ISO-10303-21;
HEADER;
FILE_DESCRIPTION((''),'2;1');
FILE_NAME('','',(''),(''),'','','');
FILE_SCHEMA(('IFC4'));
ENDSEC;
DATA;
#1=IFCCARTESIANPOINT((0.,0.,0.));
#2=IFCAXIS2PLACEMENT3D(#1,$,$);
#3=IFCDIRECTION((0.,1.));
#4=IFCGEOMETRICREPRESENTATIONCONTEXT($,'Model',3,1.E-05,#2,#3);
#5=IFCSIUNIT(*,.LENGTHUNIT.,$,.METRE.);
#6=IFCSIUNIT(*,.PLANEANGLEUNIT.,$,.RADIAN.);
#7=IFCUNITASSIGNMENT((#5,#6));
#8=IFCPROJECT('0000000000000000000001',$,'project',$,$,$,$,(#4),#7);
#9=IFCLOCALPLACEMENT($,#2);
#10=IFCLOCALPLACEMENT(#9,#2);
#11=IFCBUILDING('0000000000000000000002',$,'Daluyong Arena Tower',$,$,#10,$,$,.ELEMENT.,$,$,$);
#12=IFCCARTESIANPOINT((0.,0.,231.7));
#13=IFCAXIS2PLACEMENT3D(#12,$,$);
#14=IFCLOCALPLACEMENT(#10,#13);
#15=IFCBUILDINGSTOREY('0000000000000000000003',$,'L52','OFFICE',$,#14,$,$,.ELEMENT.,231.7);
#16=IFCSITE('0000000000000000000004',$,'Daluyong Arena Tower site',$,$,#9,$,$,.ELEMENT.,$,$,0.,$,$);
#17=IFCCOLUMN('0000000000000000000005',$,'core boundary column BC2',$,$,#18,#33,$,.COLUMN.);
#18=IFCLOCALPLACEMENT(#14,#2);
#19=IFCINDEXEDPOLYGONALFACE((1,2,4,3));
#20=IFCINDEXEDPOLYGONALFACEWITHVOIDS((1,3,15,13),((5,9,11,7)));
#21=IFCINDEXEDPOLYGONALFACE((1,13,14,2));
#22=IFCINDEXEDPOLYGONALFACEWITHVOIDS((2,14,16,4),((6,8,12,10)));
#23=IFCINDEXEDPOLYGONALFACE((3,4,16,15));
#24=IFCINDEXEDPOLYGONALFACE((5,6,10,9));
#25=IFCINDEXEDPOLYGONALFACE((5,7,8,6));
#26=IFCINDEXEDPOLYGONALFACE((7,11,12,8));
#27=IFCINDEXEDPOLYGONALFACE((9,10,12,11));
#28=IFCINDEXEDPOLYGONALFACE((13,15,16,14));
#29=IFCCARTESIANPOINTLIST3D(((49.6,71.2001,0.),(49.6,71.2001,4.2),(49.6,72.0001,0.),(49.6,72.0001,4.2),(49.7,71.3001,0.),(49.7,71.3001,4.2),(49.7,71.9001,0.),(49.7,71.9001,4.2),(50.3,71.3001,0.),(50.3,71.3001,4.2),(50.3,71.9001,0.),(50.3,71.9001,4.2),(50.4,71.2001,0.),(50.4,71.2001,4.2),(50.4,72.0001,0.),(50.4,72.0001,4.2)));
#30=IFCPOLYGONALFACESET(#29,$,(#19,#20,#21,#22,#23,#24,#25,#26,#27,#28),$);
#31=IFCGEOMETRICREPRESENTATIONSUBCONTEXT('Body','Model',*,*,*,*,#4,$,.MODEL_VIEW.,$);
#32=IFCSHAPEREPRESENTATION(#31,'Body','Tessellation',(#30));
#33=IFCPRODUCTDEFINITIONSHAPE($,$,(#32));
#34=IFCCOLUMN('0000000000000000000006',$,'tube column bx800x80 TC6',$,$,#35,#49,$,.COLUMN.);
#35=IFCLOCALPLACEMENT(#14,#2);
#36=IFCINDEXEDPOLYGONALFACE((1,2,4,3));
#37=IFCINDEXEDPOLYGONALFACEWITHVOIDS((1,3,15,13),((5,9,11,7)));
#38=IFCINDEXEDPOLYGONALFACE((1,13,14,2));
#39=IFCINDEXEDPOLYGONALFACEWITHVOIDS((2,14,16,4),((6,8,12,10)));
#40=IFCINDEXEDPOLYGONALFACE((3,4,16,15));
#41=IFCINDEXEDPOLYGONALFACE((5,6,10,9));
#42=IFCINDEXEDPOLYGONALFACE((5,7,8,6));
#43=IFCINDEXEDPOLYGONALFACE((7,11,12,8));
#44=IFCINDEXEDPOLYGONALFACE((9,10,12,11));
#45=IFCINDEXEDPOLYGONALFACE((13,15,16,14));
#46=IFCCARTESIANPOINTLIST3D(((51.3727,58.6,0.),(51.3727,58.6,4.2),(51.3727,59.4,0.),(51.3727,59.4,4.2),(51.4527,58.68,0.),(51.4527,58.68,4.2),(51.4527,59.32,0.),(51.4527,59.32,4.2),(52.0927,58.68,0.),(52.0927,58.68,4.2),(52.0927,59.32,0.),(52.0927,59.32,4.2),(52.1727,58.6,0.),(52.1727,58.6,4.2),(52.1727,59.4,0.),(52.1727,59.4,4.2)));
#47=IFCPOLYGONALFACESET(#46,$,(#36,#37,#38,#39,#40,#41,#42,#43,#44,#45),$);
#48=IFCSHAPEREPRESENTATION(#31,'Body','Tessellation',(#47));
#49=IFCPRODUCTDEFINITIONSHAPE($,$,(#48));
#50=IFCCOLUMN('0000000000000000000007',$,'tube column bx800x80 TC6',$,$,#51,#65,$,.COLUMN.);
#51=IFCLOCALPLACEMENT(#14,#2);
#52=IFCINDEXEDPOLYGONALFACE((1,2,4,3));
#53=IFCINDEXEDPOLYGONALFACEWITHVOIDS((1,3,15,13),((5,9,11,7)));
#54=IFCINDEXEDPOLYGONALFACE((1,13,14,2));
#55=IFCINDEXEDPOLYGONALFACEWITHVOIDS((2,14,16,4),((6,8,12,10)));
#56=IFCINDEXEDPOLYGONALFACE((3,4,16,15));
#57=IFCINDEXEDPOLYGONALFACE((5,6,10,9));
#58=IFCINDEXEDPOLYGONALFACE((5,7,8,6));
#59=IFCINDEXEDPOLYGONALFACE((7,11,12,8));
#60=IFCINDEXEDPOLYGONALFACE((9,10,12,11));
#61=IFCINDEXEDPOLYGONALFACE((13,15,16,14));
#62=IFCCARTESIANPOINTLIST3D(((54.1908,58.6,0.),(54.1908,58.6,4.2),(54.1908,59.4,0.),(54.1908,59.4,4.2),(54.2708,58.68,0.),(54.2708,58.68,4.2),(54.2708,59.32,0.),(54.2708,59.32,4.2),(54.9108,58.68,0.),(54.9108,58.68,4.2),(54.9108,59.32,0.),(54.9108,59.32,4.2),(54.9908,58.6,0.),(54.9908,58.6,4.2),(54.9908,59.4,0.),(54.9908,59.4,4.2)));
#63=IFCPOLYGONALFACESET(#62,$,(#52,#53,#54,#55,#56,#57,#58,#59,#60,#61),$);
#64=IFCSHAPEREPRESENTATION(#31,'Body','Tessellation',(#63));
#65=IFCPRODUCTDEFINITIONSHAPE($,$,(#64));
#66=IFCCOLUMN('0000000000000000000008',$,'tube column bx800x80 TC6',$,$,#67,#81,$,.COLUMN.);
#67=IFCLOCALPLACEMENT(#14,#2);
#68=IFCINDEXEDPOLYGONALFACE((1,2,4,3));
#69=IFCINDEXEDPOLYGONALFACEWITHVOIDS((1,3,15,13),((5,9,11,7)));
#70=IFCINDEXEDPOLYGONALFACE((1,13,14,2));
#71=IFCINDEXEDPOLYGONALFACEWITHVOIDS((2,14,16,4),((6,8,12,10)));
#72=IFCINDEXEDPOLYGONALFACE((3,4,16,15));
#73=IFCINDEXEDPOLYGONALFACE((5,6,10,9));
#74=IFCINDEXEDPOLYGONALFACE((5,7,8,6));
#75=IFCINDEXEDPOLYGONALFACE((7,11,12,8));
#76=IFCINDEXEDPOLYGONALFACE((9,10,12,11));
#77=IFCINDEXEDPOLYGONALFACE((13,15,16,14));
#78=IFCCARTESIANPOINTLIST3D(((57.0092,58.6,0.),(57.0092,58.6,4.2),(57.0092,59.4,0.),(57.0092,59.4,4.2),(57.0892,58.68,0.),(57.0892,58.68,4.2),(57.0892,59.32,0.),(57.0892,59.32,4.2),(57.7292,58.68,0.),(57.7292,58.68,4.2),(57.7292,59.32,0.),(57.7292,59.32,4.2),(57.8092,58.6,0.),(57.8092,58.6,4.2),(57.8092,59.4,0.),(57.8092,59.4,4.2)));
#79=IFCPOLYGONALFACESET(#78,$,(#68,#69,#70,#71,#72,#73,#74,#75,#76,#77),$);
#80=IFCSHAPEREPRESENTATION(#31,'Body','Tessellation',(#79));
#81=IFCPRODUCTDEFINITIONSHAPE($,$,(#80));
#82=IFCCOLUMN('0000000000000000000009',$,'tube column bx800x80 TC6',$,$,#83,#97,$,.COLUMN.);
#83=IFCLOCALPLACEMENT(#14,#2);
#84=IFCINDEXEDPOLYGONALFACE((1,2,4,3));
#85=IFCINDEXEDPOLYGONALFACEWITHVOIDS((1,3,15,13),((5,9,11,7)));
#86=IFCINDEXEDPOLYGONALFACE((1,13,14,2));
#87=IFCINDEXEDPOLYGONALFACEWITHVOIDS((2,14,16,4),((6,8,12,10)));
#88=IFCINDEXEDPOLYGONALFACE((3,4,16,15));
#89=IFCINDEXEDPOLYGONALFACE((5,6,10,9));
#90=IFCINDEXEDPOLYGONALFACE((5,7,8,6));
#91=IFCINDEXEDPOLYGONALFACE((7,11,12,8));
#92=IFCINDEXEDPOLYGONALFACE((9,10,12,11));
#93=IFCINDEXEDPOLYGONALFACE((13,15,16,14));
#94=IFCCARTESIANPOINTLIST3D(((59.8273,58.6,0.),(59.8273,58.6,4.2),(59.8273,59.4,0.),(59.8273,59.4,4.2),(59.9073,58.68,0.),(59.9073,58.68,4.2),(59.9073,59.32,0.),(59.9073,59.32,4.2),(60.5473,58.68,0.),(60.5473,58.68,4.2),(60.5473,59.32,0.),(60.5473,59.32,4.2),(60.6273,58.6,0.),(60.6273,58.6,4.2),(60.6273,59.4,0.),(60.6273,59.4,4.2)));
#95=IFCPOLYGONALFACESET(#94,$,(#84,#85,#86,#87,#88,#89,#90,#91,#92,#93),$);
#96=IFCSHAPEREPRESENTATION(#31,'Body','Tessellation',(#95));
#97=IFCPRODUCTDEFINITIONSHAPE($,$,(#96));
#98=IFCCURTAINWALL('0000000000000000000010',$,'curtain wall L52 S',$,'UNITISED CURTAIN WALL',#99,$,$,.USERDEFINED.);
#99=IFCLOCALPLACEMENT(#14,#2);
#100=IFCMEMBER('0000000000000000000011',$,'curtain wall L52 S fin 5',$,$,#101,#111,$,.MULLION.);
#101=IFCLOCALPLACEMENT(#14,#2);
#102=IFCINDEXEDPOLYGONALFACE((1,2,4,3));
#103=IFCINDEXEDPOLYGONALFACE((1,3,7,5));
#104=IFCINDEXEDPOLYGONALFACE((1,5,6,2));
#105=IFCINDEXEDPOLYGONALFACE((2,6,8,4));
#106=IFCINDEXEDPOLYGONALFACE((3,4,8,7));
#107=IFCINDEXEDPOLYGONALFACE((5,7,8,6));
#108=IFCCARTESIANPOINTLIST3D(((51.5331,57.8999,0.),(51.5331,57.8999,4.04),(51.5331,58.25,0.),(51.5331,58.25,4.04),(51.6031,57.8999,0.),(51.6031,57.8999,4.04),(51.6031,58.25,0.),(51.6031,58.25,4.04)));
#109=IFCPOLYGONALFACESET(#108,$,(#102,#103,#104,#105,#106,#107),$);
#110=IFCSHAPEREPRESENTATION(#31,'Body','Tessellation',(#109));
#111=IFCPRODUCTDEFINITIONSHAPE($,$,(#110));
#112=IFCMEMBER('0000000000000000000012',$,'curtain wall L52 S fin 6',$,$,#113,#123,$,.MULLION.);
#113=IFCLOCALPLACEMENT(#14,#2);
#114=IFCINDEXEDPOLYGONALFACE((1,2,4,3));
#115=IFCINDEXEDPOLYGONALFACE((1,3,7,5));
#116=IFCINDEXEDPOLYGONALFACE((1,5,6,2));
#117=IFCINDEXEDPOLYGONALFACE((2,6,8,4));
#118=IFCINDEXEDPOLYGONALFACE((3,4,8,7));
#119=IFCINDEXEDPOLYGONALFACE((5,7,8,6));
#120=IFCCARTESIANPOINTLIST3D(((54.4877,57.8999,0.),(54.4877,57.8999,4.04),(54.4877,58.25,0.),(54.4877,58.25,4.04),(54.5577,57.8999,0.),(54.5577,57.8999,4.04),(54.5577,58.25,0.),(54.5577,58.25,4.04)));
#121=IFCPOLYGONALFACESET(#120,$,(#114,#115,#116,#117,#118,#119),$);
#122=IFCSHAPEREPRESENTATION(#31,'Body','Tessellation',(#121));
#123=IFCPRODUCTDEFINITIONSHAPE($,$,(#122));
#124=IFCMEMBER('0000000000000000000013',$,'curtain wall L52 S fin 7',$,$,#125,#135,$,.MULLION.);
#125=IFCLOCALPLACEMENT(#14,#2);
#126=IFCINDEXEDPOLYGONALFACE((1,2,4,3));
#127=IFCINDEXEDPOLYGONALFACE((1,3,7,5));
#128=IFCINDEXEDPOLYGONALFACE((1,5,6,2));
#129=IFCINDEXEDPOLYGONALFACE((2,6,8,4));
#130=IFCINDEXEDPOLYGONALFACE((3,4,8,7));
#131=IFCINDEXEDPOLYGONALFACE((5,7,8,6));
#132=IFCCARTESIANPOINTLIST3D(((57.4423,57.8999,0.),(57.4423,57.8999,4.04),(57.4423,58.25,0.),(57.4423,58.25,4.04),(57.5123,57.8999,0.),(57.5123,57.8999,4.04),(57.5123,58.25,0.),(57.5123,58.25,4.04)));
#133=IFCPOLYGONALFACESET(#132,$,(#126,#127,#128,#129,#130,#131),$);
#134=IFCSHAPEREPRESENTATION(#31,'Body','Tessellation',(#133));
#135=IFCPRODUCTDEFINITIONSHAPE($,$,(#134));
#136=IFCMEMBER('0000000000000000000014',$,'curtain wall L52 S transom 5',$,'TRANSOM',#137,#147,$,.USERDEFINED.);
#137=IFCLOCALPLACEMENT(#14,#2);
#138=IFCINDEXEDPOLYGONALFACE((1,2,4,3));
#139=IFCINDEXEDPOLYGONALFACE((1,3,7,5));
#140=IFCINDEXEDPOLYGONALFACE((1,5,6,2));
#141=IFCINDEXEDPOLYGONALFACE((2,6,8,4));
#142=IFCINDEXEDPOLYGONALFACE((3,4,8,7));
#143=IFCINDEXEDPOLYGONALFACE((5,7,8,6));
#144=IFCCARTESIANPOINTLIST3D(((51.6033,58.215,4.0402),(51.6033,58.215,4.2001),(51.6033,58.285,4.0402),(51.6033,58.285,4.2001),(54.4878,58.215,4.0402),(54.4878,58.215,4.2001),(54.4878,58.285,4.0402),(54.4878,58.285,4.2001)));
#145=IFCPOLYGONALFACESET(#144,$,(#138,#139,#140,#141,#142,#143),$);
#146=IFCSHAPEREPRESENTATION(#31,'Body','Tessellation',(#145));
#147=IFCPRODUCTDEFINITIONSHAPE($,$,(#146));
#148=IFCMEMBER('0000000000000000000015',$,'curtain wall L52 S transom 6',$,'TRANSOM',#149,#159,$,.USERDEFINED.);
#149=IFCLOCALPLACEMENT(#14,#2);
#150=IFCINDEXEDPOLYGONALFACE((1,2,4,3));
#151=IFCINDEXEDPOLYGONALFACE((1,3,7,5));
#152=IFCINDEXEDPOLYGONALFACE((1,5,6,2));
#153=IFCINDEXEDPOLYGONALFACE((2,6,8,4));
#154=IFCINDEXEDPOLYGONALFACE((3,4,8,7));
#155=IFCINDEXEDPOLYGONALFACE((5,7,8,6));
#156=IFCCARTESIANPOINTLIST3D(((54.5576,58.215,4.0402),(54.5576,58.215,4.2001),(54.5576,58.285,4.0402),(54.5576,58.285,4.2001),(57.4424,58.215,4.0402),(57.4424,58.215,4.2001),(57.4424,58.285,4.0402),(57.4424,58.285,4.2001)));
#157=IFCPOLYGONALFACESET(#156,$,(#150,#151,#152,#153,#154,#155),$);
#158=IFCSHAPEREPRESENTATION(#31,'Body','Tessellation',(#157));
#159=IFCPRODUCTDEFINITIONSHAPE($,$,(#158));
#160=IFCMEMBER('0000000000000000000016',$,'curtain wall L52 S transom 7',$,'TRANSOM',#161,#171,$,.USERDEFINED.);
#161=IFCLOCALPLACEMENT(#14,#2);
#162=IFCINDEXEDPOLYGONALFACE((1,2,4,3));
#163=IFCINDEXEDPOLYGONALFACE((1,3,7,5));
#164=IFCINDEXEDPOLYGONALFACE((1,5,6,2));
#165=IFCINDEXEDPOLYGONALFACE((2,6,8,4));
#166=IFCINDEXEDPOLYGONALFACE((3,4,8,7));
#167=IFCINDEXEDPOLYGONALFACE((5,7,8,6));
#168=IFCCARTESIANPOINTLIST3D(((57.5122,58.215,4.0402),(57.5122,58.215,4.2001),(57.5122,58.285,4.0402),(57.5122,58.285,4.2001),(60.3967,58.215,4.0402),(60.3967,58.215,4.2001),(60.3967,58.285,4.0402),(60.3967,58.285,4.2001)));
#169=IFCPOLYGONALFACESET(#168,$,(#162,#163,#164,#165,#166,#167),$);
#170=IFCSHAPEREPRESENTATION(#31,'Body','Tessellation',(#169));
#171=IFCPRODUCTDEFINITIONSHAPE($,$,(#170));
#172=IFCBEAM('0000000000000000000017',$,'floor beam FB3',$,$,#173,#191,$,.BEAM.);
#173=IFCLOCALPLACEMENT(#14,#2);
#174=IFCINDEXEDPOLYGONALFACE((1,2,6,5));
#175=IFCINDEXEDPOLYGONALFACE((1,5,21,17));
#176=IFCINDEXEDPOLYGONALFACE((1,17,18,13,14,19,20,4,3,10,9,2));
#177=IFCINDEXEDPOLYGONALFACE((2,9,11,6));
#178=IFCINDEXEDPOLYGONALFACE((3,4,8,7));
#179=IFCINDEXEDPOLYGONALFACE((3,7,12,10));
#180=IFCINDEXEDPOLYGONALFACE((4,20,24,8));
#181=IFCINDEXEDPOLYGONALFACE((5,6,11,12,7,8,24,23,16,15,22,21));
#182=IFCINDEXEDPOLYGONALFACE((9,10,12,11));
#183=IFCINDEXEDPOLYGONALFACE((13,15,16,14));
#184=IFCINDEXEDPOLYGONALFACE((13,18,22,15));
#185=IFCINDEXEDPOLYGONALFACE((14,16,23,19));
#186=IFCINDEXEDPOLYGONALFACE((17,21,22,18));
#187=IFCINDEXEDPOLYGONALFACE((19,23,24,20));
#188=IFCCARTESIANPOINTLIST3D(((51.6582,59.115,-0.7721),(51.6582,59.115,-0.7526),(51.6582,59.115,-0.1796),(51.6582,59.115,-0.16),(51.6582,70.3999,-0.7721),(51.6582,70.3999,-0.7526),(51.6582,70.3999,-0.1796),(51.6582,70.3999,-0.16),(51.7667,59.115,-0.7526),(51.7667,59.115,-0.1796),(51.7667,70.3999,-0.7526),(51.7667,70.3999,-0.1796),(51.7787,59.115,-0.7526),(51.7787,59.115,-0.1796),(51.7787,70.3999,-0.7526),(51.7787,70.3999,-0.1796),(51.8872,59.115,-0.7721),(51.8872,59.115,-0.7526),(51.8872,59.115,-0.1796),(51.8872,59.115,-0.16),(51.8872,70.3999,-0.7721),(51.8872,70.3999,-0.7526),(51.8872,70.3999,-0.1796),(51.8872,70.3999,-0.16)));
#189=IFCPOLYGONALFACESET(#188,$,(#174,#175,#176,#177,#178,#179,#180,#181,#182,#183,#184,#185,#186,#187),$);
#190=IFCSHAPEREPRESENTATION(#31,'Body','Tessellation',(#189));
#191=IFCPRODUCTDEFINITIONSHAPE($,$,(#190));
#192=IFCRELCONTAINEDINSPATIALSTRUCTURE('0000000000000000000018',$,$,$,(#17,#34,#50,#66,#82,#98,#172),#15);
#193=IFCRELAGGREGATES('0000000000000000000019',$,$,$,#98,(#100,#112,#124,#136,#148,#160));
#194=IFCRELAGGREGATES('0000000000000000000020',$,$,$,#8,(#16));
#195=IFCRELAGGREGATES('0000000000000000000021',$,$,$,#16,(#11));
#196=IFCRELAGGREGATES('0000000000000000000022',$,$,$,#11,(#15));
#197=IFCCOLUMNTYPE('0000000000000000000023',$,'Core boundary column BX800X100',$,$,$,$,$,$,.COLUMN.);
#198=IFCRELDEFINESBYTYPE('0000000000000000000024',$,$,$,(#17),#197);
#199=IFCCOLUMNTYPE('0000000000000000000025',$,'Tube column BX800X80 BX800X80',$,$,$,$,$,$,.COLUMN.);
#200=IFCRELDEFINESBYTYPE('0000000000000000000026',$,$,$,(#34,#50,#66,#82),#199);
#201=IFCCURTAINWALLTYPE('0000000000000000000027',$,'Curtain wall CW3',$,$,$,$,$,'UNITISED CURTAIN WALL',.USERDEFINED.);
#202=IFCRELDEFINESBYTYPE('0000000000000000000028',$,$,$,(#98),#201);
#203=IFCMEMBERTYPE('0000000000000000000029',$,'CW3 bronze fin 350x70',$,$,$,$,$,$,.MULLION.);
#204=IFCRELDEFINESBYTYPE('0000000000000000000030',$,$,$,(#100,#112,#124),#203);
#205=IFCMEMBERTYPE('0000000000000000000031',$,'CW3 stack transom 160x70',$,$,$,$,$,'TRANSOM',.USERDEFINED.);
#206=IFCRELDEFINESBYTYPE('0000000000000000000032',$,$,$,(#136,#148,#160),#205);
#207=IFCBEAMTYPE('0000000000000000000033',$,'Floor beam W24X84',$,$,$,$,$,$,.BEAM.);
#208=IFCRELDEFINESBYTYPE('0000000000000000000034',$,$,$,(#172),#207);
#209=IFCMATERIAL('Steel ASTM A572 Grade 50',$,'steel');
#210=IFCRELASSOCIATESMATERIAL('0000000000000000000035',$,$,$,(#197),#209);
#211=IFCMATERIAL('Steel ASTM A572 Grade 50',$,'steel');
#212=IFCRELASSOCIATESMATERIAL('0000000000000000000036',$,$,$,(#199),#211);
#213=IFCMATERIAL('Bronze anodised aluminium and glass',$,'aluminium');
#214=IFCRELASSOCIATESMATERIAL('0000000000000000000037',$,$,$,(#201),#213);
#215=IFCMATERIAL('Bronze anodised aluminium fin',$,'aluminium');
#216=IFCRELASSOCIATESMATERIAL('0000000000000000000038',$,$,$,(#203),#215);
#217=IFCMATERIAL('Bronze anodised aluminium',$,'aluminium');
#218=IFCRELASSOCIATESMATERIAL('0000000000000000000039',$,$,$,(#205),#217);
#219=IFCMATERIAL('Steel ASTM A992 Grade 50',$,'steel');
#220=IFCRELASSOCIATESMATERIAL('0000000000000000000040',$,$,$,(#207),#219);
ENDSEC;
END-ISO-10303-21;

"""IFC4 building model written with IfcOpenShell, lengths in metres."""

from ifc_helpers import new_model, si_unit, direction, frame, origin, origin_2d, place, context, subcontext, project, spatial, rectangle, hollow_rectangle, i_section, extrude, material, material_profile, profile_set, type_object, element, aggregate, save


model = new_model("IFC4")

# Units and contexts
model_context = context("Model", 3, precision=1e-05, world=origin(), true_north=direction((0.0, 1.0)))
body_context = subcontext(model_context, "Body", "Model", "MODEL_VIEW")
ifc_project = project(units=[si_unit("LENGTHUNIT", "METRE"), si_unit("PLANEANGLEUNIT", "RADIAN")], contexts=[model_context])

# Site, building, storey
site_placement = place(None, origin())
site = spatial("IfcSite", under=ifc_project, at=site_placement, Name="Daluyong Arena Tower site", CompositionType="ELEMENT", RefElevation=0.0)
building_placement = place(site_placement, origin())
building = spatial("IfcBuilding", under=site, at=building_placement, Name="Daluyong Arena Tower", CompositionType="ELEMENT")
storey_placement = place(building_placement, frame((0.0, 0.0, 231.7)))
storey = spatial("IfcBuildingStorey", under=building, at=storey_placement, Name="L52", Description="OFFICE", CompositionType="ELEMENT", Elevation=231.7)

# Columns
ifc_material_1 = material(Name="Steel ASTM A572 Grade 50", Category="steel")
ifc_material_profile_1 = material_profile(ifc_material_1, hollow_rectangle(XDim=0.8, YDim=0.8, WallThickness=0.1, at=origin_2d()))
ifc_profile_set_1 = profile_set([ifc_material_profile_1], Name="Steel ASTM A572 Grade 50")
column_type_1 = type_object("IfcColumnType", Name="Core boundary column BX800X100", PredefinedType="COLUMN", material=ifc_profile_set_1)
column_placement = place(storey_placement, frame((50.0, 71.6001, 0.0), z_axis=(0.0, 0.0, 1.0), x_axis=(1.0, 0.0, 0.0)))
element("IfcColumn", 1, at=column_placement, inside=storey, type_object=column_type_1, Name="core boundary column BC2", PredefinedType="COLUMN", context=body_context, shape_type="SweptSolid", body=[
    extrude(hollow_rectangle(XDim=0.8, YDim=0.8, WallThickness=0.1, at=origin_2d()), origin(), (0.0, 0.0, 1.0), 4.2),
])
ifc_material_2 = material(Name="Steel ASTM A572 Grade 50", Category="steel")
ifc_material_profile_2 = material_profile(ifc_material_2, hollow_rectangle(XDim=0.8, YDim=0.8, WallThickness=0.08, at=origin_2d()))
ifc_profile_set_2 = profile_set([ifc_material_profile_2], Name="Steel ASTM A572 Grade 50")
column_type_2 = type_object("IfcColumnType", Name="Tube column BX800X80 BX800X80", PredefinedType="COLUMN", material=ifc_profile_set_2)
for number, where, z_axis, x_axis, name in (
    (2, (51.7727, 59.0, 0.0), (0.0, 0.0, 1.0), (1.0, 0.0, 0.0), "tube column bx800x80 TC6"),
    (3, (54.5908, 59.0, 0.0), (0.0, 0.0, 1.0), (1.0, 0.0, 0.0), "tube column bx800x80 TC6"),
    (4, (57.4092, 59.0, 0.0), (0.0, 0.0, 1.0), (1.0, 0.0, 0.0), "tube column bx800x80 TC6"),
    (5, (60.2273, 59.0, 0.0), (0.0, 0.0, 1.0), (1.0, 0.0, 0.0), "tube column bx800x80 TC6"),
):
    element("IfcColumn", number, at=place(storey_placement, frame(where, z_axis=z_axis, x_axis=x_axis)), inside=storey, type_object=column_type_2, Name=name, PredefinedType="COLUMN", context=body_context, shape_type="SweptSolid", body=[
        extrude(hollow_rectangle(XDim=0.8, YDim=0.8, WallThickness=0.08, at=origin_2d()), origin(), (0.0, 0.0, 1.0), 4.2),
    ])

# Curtain wall, members
ifc_material_3 = material(Name="Bronze anodised aluminium and glass", Category="aluminium")
curtain_wall_type = type_object("IfcCurtainWallType", Name="Curtain wall CW3", ElementType="UNITISED CURTAIN WALL", PredefinedType="USERDEFINED", material=ifc_material_3)
curtain_wall_placement = place(storey_placement, origin())
curtain_wall = element("IfcCurtainWall", 6, at=curtain_wall_placement, inside=storey, type_object=curtain_wall_type, Name="curtain wall L52 S", ObjectType="UNITISED CURTAIN WALL", PredefinedType="USERDEFINED")
ifc_material_4 = material(Name="Bronze anodised aluminium fin", Category="aluminium")
ifc_material_profile_3 = material_profile(ifc_material_4, rectangle(XDim=0.3501, YDim=0.0701, at=origin_2d()))
ifc_profile_set_3 = profile_set([ifc_material_profile_3], Name="Bronze anodised aluminium fin")
member_type_1 = type_object("IfcMemberType", Name="CW3 bronze fin 350x70", PredefinedType="MULLION", material=ifc_profile_set_3)
member_1_placement = place(storey_placement, frame((51.5681, 58.075, 0.0), z_axis=(0.0, 0.0, 1.0), x_axis=(0.0, 1.0, 0.0)))
member_1 = element("IfcMember", 7, at=member_1_placement, type_object=member_type_1, Name="curtain wall L52 S fin 5", PredefinedType="MULLION", context=body_context, shape_type="SweptSolid", body=[
    extrude(rectangle(XDim=0.3501, YDim=0.0701, at=origin_2d()), origin(), (0.0, 0.0, 1.0), 4.04),
])
member_2_placement = place(storey_placement, frame((54.5227, 58.075, 0.0), z_axis=(0.0, 0.0, 1.0), x_axis=(0.0, 1.0, 0.0)))
member_2 = element("IfcMember", 8, at=member_2_placement, type_object=member_type_1, Name="curtain wall L52 S fin 6", PredefinedType="MULLION", context=body_context, shape_type="SweptSolid", body=[
    extrude(rectangle(XDim=0.3501, YDim=0.0701, at=origin_2d()), origin(), (0.0, 0.0, 1.0), 4.04),
])
member_3_placement = place(storey_placement, frame((57.4773, 58.075, 0.0), z_axis=(0.0, 0.0, 1.0), x_axis=(0.0, 1.0, 0.0)))
member_3 = element("IfcMember", 9, at=member_3_placement, type_object=member_type_1, Name="curtain wall L52 S fin 7", PredefinedType="MULLION", context=body_context, shape_type="SweptSolid", body=[
    extrude(rectangle(XDim=0.3501, YDim=0.0701, at=origin_2d()), origin(), (0.0, 0.0, 1.0), 4.04),
])
ifc_material_5 = material(Name="Bronze anodised aluminium", Category="aluminium")
ifc_material_profile_4 = material_profile(ifc_material_5, rectangle(XDim=0.0701, YDim=0.1599, at=origin_2d()))
ifc_profile_set_4 = profile_set([ifc_material_profile_4], Name="Bronze anodised aluminium")
member_type_2 = type_object("IfcMemberType", Name="CW3 stack transom 160x70", ElementType="TRANSOM", PredefinedType="USERDEFINED", material=ifc_profile_set_4)
member_4_placement = place(storey_placement, frame((51.6033, 58.25, 4.1201), z_axis=(1.0, 0.0, 0.0), x_axis=(0.0, 1.0, 0.0)))
member_4 = element("IfcMember", 10, at=member_4_placement, type_object=member_type_2, Name="curtain wall L52 S transom 5", ObjectType="TRANSOM", PredefinedType="USERDEFINED", context=body_context, shape_type="SweptSolid", body=[
    extrude(rectangle(XDim=0.0701, YDim=0.1599, at=origin_2d()), origin(), (0.0, 0.0, 1.0), 2.8845),
])
member_5_placement = place(storey_placement, frame((54.5576, 58.25, 4.1201), z_axis=(1.0, 0.0, 0.0), x_axis=(0.0, 1.0, 0.0)))
member_5 = element("IfcMember", 11, at=member_5_placement, type_object=member_type_2, Name="curtain wall L52 S transom 6", ObjectType="TRANSOM", PredefinedType="USERDEFINED", context=body_context, shape_type="SweptSolid", body=[
    extrude(rectangle(XDim=0.0701, YDim=0.1599, at=origin_2d()), origin(), (0.0, 0.0, 1.0), 2.8848),
])
member_6_placement = place(storey_placement, frame((57.5122, 58.25, 4.1201), z_axis=(1.0, 0.0, 0.0), x_axis=(0.0, 1.0, 0.0)))
member_6 = element("IfcMember", 12, at=member_6_placement, type_object=member_type_2, Name="curtain wall L52 S transom 7", ObjectType="TRANSOM", PredefinedType="USERDEFINED", context=body_context, shape_type="SweptSolid", body=[
    extrude(rectangle(XDim=0.0701, YDim=0.1599, at=origin_2d()), origin(), (0.0, 0.0, 1.0), 2.8845),
])

# Beam
ifc_material_6 = material(Name="Steel ASTM A992 Grade 50", Category="steel")
ifc_material_profile_5 = material_profile(ifc_material_6, i_section(OverallWidth=0.229, OverallDepth=0.6121, WebThickness=0.012, FlangeThickness=0.0195, at=origin_2d()))
ifc_profile_set_5 = profile_set([ifc_material_profile_5], Name="Steel ASTM A992 Grade 50")
beam_type_1 = type_object("IfcBeamType", Name="Floor beam W24X84", PredefinedType="BEAM", material=ifc_profile_set_5)
for number, where, z_axis, x_axis, name in (
    (13, (51.7727, 59.115, -0.4661), (0.0, 1.0, 0.0), (-1.0, 0.0, 0.0), "floor beam FB3"),
):
    element("IfcBeam", number, at=place(storey_placement, frame(where, z_axis=z_axis, x_axis=x_axis)), inside=storey, type_object=beam_type_1, Name=name, PredefinedType="BEAM", context=body_context, shape_type="SweptSolid", body=[
        extrude(i_section(OverallWidth=0.229, OverallDepth=0.6121, WebThickness=0.012, FlangeThickness=0.0195, at=origin_2d()), origin(), (0.0, 0.0, 1.0), 11.2849),
    ])

aggregate(curtain_wall, [member_1, member_2, member_3, member_4, member_5, member_6])

save(model, "model.ifc")
